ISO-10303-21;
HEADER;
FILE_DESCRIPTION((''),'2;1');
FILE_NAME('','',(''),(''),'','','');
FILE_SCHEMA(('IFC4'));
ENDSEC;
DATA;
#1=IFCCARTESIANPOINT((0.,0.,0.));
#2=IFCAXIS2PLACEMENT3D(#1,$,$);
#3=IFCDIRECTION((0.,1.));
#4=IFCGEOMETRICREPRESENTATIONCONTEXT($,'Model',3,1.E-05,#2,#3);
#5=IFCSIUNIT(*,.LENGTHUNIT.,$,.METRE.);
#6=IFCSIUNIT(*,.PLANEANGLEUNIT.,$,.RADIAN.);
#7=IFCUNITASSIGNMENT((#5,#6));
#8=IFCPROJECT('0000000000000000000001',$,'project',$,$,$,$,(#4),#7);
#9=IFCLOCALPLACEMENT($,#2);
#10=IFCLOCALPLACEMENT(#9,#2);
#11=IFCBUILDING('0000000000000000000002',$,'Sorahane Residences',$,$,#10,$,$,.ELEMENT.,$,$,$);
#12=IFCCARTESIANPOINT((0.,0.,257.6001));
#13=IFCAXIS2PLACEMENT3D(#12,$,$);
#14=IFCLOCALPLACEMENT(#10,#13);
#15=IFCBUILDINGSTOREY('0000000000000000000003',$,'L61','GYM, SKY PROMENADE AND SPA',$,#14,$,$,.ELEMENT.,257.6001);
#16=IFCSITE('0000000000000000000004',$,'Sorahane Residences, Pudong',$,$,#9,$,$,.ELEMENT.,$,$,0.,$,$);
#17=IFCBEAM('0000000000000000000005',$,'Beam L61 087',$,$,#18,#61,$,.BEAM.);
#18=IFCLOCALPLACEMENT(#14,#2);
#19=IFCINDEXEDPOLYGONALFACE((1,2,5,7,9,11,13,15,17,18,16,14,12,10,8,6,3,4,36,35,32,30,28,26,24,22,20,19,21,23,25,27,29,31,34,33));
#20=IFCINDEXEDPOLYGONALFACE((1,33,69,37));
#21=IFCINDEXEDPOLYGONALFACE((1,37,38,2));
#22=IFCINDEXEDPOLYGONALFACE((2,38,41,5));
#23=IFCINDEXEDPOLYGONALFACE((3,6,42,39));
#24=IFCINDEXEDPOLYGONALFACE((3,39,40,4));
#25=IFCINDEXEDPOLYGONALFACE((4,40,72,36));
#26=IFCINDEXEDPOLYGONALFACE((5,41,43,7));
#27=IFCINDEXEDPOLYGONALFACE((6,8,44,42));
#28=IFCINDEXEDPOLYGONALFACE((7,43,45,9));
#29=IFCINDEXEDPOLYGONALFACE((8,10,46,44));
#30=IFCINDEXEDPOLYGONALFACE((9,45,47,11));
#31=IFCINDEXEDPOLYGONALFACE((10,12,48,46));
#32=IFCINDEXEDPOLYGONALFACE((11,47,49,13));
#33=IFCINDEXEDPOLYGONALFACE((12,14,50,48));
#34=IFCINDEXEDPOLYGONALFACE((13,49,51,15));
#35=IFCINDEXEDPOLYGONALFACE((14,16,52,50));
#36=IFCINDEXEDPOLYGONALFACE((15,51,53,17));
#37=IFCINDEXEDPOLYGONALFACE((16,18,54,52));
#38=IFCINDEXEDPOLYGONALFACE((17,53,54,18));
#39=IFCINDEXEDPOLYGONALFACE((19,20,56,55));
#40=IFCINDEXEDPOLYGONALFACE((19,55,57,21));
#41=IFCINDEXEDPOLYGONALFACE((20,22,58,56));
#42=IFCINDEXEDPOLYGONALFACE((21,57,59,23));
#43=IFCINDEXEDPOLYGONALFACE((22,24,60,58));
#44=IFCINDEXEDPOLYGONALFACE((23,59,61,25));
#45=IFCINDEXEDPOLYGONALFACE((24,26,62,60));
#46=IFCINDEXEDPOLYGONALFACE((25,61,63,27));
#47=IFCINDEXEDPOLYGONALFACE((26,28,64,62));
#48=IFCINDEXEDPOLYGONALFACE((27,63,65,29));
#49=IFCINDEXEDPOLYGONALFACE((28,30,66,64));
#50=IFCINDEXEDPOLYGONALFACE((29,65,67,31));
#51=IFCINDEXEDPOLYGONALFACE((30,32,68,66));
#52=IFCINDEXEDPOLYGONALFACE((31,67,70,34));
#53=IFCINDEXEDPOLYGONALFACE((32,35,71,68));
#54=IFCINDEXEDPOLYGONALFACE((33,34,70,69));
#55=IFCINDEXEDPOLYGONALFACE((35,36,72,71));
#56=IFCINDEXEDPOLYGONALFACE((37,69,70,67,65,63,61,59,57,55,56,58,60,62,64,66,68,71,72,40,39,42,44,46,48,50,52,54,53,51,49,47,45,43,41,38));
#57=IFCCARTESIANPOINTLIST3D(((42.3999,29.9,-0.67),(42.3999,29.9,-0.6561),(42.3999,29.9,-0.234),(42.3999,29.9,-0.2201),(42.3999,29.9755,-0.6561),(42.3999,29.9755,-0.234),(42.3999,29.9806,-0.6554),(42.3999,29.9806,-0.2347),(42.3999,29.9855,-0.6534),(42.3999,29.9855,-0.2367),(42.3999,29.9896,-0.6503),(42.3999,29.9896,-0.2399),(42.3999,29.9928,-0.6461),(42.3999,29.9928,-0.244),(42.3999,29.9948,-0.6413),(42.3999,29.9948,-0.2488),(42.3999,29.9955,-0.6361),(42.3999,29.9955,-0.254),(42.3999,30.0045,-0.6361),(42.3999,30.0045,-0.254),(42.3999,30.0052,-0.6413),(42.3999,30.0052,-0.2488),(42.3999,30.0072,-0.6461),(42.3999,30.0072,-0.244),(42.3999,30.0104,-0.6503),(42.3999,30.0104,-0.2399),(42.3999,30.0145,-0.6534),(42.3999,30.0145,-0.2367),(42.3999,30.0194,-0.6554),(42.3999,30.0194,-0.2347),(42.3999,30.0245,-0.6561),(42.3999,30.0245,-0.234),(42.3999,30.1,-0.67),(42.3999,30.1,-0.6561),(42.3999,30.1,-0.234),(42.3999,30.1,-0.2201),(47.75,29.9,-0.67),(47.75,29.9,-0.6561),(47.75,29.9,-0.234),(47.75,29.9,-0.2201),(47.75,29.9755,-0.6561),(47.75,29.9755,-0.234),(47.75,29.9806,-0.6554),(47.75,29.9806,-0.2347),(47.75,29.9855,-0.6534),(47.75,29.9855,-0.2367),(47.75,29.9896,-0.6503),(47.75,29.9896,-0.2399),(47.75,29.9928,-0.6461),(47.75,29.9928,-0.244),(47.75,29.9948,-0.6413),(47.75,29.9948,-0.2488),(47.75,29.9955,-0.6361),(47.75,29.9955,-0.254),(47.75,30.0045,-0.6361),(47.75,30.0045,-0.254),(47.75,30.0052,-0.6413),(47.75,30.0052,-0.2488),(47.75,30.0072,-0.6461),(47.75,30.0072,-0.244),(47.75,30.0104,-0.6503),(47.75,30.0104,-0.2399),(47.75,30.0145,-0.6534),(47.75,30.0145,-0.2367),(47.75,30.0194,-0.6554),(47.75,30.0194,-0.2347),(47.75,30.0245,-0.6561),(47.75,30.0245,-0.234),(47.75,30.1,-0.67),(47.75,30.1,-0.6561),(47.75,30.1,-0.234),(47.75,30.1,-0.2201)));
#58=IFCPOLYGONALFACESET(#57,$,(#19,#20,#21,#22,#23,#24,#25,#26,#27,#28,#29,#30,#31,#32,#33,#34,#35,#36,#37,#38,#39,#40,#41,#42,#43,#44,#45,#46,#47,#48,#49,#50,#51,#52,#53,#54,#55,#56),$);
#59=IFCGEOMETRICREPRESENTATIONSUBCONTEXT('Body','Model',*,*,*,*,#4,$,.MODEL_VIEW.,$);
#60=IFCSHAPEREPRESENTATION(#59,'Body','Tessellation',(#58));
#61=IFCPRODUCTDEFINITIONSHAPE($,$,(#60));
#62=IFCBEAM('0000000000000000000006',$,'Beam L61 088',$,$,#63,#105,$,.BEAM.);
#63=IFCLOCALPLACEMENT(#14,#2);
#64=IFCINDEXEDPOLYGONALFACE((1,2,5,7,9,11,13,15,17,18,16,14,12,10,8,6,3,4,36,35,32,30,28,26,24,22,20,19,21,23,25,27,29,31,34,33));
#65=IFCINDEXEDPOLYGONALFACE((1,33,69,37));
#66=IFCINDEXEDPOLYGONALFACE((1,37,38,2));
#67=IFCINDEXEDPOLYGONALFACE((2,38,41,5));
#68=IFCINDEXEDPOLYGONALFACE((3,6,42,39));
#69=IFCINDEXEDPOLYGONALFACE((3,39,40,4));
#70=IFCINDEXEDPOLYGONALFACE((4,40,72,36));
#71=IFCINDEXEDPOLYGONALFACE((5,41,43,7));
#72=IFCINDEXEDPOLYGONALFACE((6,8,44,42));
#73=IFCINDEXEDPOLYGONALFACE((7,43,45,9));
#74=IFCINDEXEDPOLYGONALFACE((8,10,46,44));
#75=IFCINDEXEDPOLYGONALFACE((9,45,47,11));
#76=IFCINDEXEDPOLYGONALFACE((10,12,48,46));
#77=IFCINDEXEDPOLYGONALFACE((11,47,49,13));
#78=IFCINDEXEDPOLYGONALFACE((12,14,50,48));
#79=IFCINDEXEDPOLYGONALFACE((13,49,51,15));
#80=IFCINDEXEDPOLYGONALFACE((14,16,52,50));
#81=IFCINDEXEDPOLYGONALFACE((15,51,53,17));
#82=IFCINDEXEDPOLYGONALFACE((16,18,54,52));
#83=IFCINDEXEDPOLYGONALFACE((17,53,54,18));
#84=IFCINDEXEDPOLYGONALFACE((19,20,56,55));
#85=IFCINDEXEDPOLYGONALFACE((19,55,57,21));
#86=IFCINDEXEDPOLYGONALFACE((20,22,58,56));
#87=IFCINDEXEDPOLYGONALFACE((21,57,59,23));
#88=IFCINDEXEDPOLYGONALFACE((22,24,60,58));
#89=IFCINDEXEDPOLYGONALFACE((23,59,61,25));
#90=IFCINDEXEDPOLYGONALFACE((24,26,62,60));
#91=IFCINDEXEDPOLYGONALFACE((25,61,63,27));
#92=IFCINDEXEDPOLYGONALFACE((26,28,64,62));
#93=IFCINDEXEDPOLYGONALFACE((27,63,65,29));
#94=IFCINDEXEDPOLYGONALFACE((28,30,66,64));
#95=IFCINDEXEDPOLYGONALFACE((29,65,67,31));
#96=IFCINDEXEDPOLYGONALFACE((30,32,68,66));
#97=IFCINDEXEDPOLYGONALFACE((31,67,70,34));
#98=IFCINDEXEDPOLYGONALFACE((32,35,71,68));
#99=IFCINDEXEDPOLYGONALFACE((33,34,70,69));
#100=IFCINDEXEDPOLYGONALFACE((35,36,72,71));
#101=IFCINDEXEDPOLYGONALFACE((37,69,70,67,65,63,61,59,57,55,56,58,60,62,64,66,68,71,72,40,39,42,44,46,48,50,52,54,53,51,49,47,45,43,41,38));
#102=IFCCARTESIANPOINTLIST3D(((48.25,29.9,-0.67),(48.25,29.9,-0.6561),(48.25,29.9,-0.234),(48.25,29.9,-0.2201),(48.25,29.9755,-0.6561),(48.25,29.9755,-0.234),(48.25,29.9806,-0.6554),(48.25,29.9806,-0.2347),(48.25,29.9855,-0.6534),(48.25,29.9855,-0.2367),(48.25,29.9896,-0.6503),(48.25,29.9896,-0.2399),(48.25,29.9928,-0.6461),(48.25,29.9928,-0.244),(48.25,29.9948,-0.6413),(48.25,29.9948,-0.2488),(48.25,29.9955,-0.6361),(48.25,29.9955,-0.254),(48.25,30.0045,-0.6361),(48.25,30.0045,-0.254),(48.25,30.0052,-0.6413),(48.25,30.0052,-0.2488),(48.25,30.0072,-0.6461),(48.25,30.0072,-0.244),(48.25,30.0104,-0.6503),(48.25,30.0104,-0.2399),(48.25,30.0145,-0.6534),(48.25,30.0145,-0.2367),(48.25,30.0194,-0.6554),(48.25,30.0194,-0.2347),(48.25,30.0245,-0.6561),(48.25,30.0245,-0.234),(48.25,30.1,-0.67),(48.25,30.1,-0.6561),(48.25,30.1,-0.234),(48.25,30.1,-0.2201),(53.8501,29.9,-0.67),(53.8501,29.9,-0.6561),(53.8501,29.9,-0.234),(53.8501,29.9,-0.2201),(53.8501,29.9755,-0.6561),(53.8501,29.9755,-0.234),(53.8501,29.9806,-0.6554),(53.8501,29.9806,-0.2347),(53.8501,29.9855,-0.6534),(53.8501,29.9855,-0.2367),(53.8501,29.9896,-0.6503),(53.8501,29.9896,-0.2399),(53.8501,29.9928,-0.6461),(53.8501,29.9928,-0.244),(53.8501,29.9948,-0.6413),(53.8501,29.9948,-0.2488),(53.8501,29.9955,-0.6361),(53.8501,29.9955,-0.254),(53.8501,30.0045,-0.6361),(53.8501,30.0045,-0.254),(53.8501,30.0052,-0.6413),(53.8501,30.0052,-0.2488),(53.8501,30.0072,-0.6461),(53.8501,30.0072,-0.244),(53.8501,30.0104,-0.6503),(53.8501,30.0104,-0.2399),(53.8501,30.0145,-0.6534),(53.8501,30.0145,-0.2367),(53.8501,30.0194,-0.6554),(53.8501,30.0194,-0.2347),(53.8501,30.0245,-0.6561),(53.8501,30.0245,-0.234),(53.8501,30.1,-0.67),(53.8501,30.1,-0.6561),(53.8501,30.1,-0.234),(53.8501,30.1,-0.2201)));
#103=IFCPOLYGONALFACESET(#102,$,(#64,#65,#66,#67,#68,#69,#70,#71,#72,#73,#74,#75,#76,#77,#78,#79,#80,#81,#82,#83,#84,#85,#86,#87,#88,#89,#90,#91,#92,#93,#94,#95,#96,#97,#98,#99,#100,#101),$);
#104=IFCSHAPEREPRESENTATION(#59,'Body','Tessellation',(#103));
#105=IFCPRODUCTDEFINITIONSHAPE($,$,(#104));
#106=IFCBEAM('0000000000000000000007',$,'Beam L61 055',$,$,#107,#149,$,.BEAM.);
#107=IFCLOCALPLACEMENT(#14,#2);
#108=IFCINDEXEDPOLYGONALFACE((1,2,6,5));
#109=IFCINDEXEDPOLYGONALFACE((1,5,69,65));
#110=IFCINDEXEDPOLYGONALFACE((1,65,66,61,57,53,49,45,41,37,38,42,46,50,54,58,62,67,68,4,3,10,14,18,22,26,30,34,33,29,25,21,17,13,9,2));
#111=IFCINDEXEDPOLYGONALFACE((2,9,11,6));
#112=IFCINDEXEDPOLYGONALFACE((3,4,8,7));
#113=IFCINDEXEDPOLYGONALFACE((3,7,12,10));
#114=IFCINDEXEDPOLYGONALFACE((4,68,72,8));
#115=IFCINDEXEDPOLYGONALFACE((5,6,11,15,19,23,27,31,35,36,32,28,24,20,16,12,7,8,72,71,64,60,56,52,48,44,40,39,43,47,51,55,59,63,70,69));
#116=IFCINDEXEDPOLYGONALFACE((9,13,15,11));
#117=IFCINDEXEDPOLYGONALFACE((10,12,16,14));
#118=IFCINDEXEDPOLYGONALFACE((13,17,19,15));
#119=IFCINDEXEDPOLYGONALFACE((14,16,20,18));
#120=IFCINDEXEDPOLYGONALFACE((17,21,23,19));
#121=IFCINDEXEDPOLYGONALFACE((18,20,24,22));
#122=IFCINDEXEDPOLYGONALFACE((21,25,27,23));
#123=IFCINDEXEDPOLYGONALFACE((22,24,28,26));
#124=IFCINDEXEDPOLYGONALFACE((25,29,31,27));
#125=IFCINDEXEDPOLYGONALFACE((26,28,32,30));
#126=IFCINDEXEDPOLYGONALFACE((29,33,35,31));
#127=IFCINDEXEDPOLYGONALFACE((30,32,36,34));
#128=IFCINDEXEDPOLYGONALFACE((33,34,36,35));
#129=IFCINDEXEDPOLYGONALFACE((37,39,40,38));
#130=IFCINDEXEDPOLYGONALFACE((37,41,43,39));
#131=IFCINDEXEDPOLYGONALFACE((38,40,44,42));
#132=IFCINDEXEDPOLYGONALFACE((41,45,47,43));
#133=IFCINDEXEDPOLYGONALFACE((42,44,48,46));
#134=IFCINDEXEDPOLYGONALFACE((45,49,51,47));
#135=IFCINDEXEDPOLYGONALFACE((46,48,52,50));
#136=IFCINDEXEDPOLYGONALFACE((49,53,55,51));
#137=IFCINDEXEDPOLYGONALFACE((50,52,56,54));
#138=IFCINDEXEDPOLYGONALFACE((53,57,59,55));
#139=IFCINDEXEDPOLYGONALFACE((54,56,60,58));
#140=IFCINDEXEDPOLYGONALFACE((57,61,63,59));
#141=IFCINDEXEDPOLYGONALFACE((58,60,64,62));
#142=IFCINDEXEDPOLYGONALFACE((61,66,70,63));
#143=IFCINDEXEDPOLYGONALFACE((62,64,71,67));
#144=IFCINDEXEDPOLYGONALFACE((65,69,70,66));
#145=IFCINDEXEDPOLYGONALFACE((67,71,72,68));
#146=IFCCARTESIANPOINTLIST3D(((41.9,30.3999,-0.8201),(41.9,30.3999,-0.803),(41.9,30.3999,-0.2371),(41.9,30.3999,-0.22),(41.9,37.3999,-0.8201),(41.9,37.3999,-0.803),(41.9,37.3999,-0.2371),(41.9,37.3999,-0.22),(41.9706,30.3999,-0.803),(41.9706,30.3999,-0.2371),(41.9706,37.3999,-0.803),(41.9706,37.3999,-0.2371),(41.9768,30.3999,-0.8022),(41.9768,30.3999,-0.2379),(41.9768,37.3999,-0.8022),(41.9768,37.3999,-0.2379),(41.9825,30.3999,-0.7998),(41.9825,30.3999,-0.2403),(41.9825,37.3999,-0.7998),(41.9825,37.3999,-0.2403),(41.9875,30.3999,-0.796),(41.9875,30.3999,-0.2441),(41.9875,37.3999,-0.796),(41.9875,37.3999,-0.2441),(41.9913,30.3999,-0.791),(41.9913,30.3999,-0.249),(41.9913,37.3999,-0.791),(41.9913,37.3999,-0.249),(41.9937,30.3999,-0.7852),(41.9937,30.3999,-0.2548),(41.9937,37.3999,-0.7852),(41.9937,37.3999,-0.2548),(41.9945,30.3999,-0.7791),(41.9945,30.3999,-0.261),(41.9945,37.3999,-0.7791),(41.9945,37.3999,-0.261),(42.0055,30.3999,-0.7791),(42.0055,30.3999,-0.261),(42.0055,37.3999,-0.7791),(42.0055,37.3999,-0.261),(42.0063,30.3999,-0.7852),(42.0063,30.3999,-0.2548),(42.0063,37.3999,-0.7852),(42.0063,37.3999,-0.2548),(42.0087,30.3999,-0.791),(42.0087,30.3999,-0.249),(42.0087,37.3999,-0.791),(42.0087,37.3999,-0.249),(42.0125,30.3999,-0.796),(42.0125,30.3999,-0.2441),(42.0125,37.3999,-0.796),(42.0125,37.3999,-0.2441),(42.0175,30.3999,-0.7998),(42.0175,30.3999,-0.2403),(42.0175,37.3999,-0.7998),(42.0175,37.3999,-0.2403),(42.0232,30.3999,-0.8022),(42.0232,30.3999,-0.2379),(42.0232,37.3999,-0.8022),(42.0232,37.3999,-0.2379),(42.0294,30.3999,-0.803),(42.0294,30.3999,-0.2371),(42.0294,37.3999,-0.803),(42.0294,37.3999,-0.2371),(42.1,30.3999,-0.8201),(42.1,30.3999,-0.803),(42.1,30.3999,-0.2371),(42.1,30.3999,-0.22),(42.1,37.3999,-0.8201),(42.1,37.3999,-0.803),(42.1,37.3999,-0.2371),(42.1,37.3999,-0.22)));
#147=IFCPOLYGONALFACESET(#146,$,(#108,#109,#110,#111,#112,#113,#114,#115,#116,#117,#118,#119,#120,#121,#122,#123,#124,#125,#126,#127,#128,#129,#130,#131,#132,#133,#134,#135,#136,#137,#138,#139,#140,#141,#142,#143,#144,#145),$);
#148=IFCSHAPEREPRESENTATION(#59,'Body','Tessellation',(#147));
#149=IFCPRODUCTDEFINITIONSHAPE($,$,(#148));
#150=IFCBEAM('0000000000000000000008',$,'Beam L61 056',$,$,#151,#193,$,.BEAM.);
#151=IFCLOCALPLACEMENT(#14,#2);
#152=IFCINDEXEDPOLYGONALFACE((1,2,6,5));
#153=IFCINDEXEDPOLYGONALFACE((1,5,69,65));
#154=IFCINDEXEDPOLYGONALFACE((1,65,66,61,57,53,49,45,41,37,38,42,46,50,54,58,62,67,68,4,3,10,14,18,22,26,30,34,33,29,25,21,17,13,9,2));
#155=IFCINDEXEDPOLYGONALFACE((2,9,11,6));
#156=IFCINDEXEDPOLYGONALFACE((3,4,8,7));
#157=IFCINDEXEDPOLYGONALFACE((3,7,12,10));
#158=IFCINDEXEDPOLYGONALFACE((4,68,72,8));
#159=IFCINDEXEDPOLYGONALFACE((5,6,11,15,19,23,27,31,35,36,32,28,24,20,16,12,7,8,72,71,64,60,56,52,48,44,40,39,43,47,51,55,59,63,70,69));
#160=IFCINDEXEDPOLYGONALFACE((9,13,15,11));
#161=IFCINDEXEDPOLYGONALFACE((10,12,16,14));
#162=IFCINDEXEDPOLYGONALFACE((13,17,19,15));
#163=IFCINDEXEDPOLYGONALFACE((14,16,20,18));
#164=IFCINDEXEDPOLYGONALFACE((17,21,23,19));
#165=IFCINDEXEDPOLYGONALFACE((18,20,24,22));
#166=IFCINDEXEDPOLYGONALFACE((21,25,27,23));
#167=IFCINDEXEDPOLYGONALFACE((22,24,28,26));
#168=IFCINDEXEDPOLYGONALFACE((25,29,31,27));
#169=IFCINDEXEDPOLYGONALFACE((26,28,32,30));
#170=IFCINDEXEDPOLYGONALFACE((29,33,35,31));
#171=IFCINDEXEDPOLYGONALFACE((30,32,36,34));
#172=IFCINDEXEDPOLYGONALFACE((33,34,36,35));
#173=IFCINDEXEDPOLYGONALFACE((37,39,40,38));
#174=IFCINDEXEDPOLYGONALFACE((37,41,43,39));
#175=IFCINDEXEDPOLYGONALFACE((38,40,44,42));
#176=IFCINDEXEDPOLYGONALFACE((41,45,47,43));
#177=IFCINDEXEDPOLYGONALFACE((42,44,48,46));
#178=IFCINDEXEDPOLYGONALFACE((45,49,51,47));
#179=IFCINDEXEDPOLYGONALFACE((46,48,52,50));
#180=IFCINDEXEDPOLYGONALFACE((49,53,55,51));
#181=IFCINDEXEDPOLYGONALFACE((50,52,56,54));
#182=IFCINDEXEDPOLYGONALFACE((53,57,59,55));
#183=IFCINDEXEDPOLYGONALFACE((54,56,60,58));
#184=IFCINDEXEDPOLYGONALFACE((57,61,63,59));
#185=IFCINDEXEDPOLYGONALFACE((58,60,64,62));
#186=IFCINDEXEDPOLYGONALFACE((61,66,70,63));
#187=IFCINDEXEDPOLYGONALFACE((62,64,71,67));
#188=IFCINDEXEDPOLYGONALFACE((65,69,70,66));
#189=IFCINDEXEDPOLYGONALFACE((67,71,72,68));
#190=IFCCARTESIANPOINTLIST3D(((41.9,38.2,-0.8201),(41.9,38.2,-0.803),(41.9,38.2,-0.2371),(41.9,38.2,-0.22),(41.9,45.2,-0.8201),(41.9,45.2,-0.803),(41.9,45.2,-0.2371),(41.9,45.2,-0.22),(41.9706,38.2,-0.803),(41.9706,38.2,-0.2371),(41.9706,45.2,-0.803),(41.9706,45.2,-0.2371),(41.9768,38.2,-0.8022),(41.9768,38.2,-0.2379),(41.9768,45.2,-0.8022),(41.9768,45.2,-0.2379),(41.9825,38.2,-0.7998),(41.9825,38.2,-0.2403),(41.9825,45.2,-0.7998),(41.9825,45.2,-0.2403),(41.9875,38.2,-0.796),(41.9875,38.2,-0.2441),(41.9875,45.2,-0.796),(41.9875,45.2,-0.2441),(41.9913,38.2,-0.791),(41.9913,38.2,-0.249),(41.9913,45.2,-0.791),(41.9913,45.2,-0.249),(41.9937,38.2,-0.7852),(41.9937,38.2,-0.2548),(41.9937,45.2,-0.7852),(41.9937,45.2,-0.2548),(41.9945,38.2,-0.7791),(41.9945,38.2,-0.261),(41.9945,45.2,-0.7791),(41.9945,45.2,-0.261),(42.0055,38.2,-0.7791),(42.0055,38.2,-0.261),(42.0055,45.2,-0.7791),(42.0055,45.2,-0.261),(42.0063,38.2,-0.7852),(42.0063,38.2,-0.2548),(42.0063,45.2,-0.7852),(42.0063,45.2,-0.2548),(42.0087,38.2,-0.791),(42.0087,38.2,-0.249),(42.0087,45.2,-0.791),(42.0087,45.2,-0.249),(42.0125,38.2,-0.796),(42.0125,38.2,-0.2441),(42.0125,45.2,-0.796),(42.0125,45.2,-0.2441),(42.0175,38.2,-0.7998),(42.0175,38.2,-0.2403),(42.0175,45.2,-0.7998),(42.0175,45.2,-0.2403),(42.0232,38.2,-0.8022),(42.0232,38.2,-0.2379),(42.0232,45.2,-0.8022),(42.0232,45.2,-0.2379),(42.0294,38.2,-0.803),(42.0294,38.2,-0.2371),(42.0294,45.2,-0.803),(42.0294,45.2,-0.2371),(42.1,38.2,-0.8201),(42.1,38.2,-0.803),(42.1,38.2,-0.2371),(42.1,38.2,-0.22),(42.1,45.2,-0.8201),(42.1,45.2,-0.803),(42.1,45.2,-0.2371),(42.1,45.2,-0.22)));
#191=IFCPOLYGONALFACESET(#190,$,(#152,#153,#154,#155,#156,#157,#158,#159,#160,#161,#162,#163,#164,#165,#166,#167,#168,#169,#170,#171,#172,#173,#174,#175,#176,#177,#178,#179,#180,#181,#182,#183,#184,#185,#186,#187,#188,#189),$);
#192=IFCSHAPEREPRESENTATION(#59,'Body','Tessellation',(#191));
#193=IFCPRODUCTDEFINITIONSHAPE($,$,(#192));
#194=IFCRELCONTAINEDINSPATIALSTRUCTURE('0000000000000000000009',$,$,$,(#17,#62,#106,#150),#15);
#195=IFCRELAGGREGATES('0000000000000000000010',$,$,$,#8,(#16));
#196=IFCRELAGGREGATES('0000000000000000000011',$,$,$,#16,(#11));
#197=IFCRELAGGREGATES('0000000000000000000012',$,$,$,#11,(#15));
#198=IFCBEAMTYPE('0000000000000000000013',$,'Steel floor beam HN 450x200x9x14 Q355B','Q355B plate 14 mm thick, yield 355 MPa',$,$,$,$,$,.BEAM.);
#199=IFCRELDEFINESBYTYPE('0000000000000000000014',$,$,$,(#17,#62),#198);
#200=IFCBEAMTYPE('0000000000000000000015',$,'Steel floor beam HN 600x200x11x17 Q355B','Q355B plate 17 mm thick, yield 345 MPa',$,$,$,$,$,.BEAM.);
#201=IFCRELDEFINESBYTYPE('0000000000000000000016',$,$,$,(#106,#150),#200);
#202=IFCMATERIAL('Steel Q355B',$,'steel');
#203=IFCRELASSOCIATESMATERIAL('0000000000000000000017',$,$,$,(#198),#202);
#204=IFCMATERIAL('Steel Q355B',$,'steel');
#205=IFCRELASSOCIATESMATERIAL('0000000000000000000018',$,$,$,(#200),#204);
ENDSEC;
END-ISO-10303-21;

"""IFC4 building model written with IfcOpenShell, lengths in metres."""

from ifc_helpers import new_model, si_unit, direction, frame, origin, origin_2d, place, context, subcontext, project, spatial, i_section, extrude, material, material_profile, profile_set, type_object, element, save


model = new_model("IFC4")

# Units and contexts
model_context = context("Model", 3, precision=1e-05, world=origin(), true_north=direction((0.0, 1.0)))
body_context = subcontext(model_context, "Body", "Model", "MODEL_VIEW")
ifc_project = project(units=[si_unit("LENGTHUNIT", "METRE"), si_unit("PLANEANGLEUNIT", "RADIAN")], contexts=[model_context])

# Site, building, storey
site_placement = place(None, origin())
site = spatial("IfcSite", under=ifc_project, at=site_placement, Name="Sorahane Residences, Pudong", CompositionType="ELEMENT", RefElevation=0.0)
building_placement = place(site_placement, origin())
building = spatial("IfcBuilding", under=site, at=building_placement, Name="Sorahane Residences", CompositionType="ELEMENT")
storey_placement = place(building_placement, frame((0.0, 0.0, 257.6001)))
storey = spatial("IfcBuildingStorey", under=building, at=storey_placement, Name="L61", Description="GYM, SKY PROMENADE AND SPA", CompositionType="ELEMENT", Elevation=257.6001)

# Beams
ifc_material_1 = material(Name="Steel Q355B", Category="steel")
ifc_material_profile_1 = material_profile(ifc_material_1, i_section(OverallWidth=0.2, OverallDepth=0.45, WebThickness=0.009, FlangeThickness=0.0139, FilletRadius=0.02, at=origin_2d()), Name="HN 450x200x9x14")
ifc_profile_set_1 = profile_set([ifc_material_profile_1], Name="Steel Q355B")
beam_type_1 = type_object("IfcBeamType", Name="Steel floor beam HN 450x200x9x14 Q355B", Description="Q355B plate 14 mm thick, yield 355 MPa", PredefinedType="BEAM", material=ifc_profile_set_1)
beam_1_placement = place(storey_placement, frame((42.3999, 30.0, -0.4451), z_axis=(1.0, 0.0, 0.0), x_axis=(0.0, 1.0, 0.0)))
element("IfcBeam", 1, at=beam_1_placement, inside=storey, type_object=beam_type_1, Name="Beam L61 087", PredefinedType="BEAM", context=body_context, shape_type="SweptSolid", body=[
    extrude(i_section(OverallWidth=0.2, OverallDepth=0.45, WebThickness=0.009, FlangeThickness=0.0139, FilletRadius=0.02, at=origin_2d()), origin(), (0.0, 0.0, 1.0), 5.3501),
])
beam_2_placement = place(storey_placement, frame((48.25, 30.0, -0.4451), z_axis=(1.0, 0.0, 0.0), x_axis=(0.0, 1.0, 0.0)))
element("IfcBeam", 2, at=beam_2_placement, inside=storey, type_object=beam_type_1, Name="Beam L61 088", PredefinedType="BEAM", context=body_context, shape_type="SweptSolid", body=[
    extrude(i_section(OverallWidth=0.2, OverallDepth=0.45, WebThickness=0.009, FlangeThickness=0.0139, FilletRadius=0.02, at=origin_2d()), origin(), (0.0, 0.0, 1.0), 5.6001),
])
ifc_material_2 = material(Name="Steel Q355B", Category="steel")
ifc_material_profile_2 = material_profile(ifc_material_2, i_section(OverallWidth=0.2, OverallDepth=0.6001, WebThickness=0.011, FlangeThickness=0.0171, FilletRadius=0.0239, at=origin_2d()), Name="HN 600x200x11x17")
ifc_profile_set_2 = profile_set([ifc_material_profile_2], Name="Steel Q355B")
beam_type_2 = type_object("IfcBeamType", Name="Steel floor beam HN 600x200x11x17 Q355B", Description="Q355B plate 17 mm thick, yield 345 MPa", PredefinedType="BEAM", material=ifc_profile_set_2)
for number, where, z_axis, x_axis, name in (
    (3, (42.0, 30.3999, -0.52), (0.0, 1.0, 0.0), (-1.0, 0.0, 0.0), "Beam L61 055"),
    (4, (42.0, 38.2, -0.52), (0.0, 1.0, 0.0), (-1.0, 0.0, 0.0), "Beam L61 056"),
):
    element("IfcBeam", number, at=place(storey_placement, frame(where, z_axis=z_axis, x_axis=x_axis)), inside=storey, type_object=beam_type_2, Name=name, PredefinedType="BEAM", context=body_context, shape_type="SweptSolid", body=[
        extrude(i_section(OverallWidth=0.2, OverallDepth=0.6001, WebThickness=0.011, FlangeThickness=0.0171, FilletRadius=0.0239, at=origin_2d()), origin(), (0.0, 0.0, 1.0), 7.0),
    ])

save(model, "model.ifc")
